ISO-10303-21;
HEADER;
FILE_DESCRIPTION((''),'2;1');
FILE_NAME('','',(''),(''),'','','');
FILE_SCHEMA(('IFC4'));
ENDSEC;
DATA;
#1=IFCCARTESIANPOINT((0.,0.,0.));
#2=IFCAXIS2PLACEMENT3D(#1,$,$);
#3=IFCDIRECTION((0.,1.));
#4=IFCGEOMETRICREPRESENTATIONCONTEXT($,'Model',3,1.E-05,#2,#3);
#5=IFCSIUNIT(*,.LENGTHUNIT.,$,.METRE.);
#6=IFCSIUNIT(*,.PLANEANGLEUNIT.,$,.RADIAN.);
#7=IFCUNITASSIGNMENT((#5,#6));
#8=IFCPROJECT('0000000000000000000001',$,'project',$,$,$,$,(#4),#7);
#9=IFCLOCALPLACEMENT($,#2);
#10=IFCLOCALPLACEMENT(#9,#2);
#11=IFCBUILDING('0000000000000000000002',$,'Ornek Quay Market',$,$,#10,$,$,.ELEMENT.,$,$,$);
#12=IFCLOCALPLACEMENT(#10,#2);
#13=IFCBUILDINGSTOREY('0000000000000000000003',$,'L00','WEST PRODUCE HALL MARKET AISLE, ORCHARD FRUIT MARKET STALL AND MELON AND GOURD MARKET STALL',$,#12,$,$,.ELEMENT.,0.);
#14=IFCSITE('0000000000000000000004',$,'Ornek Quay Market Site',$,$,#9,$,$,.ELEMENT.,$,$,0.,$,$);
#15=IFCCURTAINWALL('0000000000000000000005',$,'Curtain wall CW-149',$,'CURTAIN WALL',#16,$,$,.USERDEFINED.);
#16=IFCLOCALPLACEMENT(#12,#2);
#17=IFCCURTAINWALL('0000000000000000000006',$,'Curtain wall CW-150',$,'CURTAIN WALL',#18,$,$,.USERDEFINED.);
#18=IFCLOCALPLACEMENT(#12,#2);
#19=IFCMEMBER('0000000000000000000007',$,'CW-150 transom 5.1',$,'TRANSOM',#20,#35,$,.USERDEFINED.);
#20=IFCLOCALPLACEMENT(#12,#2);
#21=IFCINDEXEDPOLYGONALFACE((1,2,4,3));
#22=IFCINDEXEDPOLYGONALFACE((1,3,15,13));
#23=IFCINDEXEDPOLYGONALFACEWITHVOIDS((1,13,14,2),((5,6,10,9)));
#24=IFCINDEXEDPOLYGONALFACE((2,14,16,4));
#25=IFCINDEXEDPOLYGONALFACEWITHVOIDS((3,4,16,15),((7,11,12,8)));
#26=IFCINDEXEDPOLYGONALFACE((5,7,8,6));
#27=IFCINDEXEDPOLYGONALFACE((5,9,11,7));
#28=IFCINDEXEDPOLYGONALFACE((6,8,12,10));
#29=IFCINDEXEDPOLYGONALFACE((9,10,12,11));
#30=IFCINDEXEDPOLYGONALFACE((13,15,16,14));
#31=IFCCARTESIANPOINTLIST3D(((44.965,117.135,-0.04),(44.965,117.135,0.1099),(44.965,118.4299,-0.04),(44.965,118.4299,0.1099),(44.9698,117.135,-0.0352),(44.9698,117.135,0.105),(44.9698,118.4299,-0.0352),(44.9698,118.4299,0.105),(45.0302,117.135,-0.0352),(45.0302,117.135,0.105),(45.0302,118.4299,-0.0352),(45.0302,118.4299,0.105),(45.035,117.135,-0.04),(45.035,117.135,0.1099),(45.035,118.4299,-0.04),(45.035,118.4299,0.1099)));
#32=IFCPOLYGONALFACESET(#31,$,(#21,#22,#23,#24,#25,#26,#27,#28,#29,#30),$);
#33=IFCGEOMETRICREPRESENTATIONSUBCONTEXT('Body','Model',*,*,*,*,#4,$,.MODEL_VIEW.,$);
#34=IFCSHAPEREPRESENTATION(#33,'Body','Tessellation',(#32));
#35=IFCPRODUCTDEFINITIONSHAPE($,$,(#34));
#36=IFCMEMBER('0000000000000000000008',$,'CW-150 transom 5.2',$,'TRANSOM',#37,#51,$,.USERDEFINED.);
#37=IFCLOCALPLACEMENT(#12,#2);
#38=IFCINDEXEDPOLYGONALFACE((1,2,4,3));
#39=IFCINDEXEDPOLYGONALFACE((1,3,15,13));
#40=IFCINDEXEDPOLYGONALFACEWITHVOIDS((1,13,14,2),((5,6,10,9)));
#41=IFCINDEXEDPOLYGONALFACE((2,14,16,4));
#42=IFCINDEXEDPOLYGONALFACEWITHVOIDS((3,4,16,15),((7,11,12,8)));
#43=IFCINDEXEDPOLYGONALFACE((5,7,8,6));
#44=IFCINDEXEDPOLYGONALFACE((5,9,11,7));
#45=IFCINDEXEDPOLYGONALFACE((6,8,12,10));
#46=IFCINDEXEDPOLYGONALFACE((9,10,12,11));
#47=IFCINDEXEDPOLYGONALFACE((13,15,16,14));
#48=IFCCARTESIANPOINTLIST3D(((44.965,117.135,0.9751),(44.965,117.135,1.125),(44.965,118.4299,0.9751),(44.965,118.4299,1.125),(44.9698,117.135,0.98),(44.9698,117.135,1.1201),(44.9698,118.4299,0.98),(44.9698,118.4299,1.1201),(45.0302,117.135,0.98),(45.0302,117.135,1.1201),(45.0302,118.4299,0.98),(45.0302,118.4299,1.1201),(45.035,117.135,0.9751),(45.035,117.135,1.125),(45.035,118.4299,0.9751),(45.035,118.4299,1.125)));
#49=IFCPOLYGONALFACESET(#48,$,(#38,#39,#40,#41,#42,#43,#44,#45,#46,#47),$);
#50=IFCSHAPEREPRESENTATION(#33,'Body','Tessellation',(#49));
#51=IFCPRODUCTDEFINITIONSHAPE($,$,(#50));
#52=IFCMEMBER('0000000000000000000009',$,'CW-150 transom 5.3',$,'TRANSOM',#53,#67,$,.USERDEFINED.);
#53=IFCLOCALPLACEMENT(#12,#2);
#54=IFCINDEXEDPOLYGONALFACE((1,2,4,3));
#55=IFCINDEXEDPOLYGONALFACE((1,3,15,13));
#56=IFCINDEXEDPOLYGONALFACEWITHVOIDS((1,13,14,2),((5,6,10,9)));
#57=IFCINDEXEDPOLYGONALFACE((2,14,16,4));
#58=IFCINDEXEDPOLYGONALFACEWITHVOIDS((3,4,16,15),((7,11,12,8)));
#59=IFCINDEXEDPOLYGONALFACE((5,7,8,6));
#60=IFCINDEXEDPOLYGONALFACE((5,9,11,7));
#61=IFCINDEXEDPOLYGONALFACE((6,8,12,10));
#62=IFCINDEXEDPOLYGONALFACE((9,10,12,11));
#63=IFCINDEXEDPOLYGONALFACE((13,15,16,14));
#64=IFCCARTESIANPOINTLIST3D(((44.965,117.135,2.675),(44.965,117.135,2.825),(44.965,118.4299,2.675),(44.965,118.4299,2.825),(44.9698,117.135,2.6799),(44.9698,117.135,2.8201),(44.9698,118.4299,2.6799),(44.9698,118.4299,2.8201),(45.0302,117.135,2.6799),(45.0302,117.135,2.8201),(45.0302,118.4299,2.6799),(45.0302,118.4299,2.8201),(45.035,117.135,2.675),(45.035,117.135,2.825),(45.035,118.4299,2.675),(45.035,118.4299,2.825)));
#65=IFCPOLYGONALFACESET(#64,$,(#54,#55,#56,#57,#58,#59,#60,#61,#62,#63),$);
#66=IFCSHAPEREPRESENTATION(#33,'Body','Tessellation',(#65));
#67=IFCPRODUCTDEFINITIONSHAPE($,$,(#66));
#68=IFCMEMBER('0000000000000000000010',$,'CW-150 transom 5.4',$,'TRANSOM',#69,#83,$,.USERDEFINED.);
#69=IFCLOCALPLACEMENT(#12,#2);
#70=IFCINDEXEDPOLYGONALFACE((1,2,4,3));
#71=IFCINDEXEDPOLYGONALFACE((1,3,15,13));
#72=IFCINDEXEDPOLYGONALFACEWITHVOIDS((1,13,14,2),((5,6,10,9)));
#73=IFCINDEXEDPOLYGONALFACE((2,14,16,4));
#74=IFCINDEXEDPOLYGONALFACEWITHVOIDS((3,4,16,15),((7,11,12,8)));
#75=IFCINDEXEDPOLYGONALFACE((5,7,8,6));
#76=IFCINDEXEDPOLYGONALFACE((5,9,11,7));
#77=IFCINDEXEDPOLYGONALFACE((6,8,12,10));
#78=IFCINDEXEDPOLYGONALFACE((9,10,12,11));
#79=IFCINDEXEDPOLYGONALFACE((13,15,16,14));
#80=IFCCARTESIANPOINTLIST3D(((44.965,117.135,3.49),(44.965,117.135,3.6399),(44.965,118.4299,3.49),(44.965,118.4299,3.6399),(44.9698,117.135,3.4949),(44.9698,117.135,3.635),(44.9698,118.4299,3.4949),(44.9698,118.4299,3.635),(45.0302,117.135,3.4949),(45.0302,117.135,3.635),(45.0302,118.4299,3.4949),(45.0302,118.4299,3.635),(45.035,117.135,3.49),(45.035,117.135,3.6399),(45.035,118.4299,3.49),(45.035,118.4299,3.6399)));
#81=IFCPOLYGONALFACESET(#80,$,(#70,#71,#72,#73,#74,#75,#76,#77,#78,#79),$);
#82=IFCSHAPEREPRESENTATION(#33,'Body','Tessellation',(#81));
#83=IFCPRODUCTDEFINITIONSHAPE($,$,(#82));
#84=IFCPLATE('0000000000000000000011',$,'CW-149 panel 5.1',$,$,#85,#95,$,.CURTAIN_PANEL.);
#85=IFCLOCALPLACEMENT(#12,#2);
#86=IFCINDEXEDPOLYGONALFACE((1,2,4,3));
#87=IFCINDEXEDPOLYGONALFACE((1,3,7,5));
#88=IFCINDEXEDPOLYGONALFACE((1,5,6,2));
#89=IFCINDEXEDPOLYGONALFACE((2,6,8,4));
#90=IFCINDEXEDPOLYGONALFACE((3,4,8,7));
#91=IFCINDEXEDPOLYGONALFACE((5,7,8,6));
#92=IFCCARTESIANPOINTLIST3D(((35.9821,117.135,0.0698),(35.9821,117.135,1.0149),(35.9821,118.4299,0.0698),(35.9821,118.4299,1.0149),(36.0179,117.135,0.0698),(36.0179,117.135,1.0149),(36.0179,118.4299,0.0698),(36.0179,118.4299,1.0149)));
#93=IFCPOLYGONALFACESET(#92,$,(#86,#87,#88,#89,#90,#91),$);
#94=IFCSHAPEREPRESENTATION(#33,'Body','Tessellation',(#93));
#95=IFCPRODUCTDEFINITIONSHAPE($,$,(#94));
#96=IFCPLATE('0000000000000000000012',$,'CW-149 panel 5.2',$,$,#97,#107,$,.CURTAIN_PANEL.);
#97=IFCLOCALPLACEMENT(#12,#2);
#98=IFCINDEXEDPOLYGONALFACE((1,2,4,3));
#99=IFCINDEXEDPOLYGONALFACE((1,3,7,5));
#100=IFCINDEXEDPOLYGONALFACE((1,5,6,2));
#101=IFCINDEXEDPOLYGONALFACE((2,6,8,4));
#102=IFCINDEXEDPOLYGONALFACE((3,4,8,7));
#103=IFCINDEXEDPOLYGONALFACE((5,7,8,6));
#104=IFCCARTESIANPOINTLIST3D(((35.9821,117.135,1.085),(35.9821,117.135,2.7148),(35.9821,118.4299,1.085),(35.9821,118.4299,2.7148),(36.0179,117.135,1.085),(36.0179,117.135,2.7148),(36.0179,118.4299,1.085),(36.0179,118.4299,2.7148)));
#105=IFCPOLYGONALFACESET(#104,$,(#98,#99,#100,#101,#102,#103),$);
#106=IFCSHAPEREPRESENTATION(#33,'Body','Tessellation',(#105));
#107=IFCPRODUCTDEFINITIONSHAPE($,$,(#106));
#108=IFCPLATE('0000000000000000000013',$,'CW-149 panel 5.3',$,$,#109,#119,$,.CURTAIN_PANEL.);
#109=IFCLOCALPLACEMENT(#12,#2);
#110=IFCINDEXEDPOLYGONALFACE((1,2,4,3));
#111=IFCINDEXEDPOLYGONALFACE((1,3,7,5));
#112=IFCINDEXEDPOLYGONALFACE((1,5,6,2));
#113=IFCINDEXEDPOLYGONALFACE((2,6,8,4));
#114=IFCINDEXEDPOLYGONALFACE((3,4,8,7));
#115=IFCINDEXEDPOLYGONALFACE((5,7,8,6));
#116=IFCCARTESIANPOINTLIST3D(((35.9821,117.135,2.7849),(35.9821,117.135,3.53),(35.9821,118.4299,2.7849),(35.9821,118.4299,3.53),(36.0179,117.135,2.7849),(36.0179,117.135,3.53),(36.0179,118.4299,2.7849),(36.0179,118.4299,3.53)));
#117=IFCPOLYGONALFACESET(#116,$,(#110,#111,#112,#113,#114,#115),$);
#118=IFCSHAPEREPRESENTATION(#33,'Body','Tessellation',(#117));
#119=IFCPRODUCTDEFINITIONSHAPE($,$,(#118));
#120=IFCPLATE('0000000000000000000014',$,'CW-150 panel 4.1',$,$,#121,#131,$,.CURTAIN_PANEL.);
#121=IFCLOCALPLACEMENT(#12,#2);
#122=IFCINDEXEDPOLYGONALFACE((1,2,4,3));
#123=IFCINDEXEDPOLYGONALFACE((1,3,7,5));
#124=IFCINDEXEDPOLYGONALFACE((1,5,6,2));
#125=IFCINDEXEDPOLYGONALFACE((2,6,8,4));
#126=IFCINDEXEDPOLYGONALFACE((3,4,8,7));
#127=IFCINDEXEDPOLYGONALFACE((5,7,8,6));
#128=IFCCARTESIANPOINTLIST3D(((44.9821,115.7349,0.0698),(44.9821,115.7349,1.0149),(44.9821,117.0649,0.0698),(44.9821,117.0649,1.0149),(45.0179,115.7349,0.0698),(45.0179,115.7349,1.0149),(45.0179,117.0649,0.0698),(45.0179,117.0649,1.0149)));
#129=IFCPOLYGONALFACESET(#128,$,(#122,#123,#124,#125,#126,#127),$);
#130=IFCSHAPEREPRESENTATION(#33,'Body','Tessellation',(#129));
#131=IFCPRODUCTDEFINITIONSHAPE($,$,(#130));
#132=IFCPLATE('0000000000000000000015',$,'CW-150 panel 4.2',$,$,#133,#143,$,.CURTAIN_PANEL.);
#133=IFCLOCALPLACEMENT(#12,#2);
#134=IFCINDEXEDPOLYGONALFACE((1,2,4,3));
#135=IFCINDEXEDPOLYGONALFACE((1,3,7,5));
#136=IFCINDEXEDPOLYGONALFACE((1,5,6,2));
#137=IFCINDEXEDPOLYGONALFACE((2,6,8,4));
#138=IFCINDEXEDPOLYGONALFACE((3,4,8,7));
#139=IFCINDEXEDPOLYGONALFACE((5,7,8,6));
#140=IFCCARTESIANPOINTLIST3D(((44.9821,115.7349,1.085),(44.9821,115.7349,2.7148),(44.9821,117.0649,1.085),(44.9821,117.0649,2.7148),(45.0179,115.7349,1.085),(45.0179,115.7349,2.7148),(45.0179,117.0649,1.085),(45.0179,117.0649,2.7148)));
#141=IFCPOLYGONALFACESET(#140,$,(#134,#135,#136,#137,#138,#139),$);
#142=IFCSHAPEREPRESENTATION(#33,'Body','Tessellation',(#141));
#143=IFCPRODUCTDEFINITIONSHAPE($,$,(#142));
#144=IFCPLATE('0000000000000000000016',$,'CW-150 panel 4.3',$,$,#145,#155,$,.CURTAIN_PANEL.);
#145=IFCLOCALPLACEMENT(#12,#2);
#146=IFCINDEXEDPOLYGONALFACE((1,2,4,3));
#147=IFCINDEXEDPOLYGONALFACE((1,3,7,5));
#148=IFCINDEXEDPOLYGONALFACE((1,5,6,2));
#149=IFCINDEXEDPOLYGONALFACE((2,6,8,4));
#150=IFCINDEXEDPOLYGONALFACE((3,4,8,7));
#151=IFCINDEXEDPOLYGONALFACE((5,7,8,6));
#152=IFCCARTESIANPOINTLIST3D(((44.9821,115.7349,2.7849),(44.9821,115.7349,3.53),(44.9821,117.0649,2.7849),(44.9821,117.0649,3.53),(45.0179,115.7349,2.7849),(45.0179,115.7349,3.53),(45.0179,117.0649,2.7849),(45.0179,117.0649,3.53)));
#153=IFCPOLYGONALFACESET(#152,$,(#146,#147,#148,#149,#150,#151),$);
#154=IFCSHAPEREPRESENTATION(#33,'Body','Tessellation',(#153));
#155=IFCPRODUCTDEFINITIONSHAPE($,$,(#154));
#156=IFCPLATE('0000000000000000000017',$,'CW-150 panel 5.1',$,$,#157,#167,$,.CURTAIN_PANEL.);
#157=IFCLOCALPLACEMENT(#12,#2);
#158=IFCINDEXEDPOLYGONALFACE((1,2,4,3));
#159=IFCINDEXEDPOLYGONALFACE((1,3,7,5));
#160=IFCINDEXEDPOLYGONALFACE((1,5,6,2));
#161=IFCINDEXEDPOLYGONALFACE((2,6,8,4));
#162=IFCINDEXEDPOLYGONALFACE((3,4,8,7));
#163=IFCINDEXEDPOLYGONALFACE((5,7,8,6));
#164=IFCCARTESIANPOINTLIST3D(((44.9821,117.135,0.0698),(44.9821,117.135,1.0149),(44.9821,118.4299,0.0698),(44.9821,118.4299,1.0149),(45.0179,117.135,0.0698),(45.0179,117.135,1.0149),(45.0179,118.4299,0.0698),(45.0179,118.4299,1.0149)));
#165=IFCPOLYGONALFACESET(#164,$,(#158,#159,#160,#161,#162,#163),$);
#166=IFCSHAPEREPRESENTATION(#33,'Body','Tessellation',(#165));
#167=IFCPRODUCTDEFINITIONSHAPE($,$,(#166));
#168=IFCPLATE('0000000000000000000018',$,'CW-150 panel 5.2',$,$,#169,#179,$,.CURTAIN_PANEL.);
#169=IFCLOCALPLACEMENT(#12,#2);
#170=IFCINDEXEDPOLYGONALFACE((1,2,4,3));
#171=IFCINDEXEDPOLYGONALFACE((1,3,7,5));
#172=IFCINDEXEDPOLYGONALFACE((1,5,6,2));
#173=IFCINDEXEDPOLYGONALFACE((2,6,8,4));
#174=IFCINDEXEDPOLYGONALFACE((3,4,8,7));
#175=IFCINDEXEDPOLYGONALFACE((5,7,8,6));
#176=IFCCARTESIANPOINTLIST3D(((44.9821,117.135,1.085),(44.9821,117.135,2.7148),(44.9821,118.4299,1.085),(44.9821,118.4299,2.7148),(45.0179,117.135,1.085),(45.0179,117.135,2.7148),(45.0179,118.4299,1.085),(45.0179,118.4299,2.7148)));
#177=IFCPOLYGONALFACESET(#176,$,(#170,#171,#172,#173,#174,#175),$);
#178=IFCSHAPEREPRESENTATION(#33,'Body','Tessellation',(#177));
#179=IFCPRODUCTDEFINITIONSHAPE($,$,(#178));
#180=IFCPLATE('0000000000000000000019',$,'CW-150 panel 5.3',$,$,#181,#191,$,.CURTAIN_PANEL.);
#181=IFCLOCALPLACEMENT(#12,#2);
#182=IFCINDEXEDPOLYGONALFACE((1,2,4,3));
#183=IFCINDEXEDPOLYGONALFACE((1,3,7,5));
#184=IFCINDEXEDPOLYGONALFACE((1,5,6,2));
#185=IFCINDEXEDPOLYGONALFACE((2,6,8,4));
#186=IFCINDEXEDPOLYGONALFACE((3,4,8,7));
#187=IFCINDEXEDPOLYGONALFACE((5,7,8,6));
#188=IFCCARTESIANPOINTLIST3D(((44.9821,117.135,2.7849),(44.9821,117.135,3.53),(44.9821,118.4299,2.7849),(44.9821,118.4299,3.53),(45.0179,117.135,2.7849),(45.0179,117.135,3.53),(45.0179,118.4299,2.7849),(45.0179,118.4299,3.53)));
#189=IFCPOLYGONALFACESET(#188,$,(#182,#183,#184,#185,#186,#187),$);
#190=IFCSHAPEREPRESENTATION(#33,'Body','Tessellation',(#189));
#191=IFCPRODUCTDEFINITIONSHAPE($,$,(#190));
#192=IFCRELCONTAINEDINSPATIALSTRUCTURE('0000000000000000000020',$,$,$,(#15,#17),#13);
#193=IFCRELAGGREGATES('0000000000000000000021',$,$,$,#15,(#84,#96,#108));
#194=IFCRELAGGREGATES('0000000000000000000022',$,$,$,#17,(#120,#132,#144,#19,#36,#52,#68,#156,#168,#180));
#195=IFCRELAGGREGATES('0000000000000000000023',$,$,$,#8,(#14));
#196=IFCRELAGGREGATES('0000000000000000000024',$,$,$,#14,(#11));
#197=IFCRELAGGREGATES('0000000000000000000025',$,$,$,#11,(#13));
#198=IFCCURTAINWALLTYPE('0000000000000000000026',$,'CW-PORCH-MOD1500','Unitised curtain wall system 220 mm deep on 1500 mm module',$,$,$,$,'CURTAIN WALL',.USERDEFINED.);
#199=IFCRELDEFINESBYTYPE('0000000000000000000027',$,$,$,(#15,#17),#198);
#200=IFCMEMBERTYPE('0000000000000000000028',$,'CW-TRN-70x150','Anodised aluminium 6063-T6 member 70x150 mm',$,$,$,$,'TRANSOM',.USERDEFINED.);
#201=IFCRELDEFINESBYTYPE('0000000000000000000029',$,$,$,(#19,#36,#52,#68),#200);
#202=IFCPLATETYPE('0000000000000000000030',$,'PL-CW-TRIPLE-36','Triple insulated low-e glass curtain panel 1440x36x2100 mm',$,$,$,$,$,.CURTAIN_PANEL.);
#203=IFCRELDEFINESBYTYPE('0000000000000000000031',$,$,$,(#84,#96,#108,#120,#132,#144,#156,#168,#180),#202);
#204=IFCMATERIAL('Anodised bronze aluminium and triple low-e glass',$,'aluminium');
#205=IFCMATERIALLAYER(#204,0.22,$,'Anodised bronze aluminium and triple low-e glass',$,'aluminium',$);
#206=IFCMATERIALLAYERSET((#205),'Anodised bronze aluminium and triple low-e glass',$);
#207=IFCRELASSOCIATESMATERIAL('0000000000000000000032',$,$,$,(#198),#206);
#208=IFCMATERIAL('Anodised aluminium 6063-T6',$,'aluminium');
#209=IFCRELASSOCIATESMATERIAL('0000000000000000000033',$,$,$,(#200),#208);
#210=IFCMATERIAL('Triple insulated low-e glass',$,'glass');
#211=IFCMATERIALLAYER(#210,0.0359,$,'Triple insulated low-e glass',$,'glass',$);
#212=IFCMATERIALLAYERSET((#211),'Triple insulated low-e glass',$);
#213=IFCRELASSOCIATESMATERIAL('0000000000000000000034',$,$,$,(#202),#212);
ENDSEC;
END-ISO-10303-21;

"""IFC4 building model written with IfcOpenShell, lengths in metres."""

from ifc_helpers import new_model, si_unit, direction, frame, origin, origin_2d, place, context, subcontext, project, spatial, rectangle, hollow_rectangle, extrude, material, layer, layer_set, material_profile, profile_set, type_object, element, aggregate, save


model = new_model("IFC4")

# Units and contexts
model_context = context("Model", 3, precision=1e-05, world=origin(), true_north=direction((0.0, 1.0)))
body_context = subcontext(model_context, "Body", "Model", "MODEL_VIEW")
ifc_project = project(units=[si_unit("LENGTHUNIT", "METRE"), si_unit("PLANEANGLEUNIT", "RADIAN")], contexts=[model_context])

# Site, building, storey
site_placement = place(None, origin())
site = spatial("IfcSite", under=ifc_project, at=site_placement, Name="Ornek Quay Market Site", CompositionType="ELEMENT", RefElevation=0.0)
building_placement = place(site_placement, origin())
building = spatial("IfcBuilding", under=site, at=building_placement, Name="Ornek Quay Market", CompositionType="ELEMENT")
storey_placement = place(building_placement, origin())
storey = spatial("IfcBuildingStorey", under=building, at=storey_placement, Name="L00", Description="WEST PRODUCE HALL MARKET AISLE, ORCHARD FRUIT MARKET STALL AND MELON AND GOURD MARKET STALL", CompositionType="ELEMENT", Elevation=0.0)

# Curtain walls
ifc_material_1 = material(Name="Anodised bronze aluminium and triple low-e glass", Category="aluminium")
ifc_layer_1 = layer(ifc_material_1, 0.22, Name="Anodised bronze aluminium and triple low-e glass", Category="aluminium")
ifc_layer_set_1 = layer_set([ifc_layer_1], Name="Anodised bronze aluminium and triple low-e glass")
curtain_wall_type = type_object("IfcCurtainWallType", Name="CW-PORCH-MOD1500", Description="Unitised curtain wall system 220 mm deep on 1500 mm module", ElementType="CURTAIN WALL", PredefinedType="USERDEFINED", material=ifc_layer_set_1)
curtain_wall_1_placement = place(storey_placement, origin())
curtain_wall_1 = element("IfcCurtainWall", 1, at=curtain_wall_1_placement, inside=storey, type_object=curtain_wall_type, Name="Curtain wall CW-149", ObjectType="CURTAIN WALL", PredefinedType="USERDEFINED")
ifc_material_2 = material(Name="Anodised aluminium 6063-T6", Category="aluminium")
curtain_wall_2_placement = place(storey_placement, origin())
curtain_wall_2 = element("IfcCurtainWall", 2, at=curtain_wall_2_placement, inside=storey, type_object=curtain_wall_type, Name="Curtain wall CW-150", ObjectType="CURTAIN WALL", PredefinedType="USERDEFINED")

# Members
ifc_material_profile_1 = material_profile(ifc_material_2, hollow_rectangle(XDim=0.0701, YDim=0.1499, WallThickness=0.0049, at=origin_2d()), Name="CW-TRN-70x150", Category="aluminium")
ifc_profile_set_1 = profile_set([ifc_material_profile_1], Name="Anodised aluminium 6063-T6")
member_type_1 = type_object("IfcMemberType", Name="CW-TRN-70x150", Description="Anodised aluminium 6063-T6 member 70x150 mm", ElementType="TRANSOM", PredefinedType="USERDEFINED", material=ifc_profile_set_1)
member_1_placement = place(storey_placement, frame((45.0, 117.135, 0.0349), z_axis=(0.0, 1.0, 0.0), x_axis=(-1.0, 0.0, 0.0)))
member_1 = element("IfcMember", 3, at=member_1_placement, type_object=member_type_1, Name="CW-150 transom 5.1", ObjectType="TRANSOM", PredefinedType="USERDEFINED", context=body_context, shape_type="SweptSolid", body=[
    extrude(hollow_rectangle(XDim=0.0701, YDim=0.1499, WallThickness=0.0049, at=origin_2d()), origin(), (0.0, 0.0, 1.0), 1.2949),
])
member_2_placement = place(storey_placement, frame((45.0, 117.135, 1.05), z_axis=(0.0, 1.0, 0.0), x_axis=(-1.0, 0.0, 0.0)))
member_2 = element("IfcMember", 4, at=member_2_placement, type_object=member_type_1, Name="CW-150 transom 5.2", ObjectType="TRANSOM", PredefinedType="USERDEFINED", context=body_context, shape_type="SweptSolid", body=[
    extrude(hollow_rectangle(XDim=0.0701, YDim=0.1499, WallThickness=0.0049, at=origin_2d()), origin(), (0.0, 0.0, 1.0), 1.2949),
])
member_3_placement = place(storey_placement, frame((45.0, 117.135, 2.75), z_axis=(0.0, 1.0, 0.0), x_axis=(-1.0, 0.0, 0.0)))
member_3 = element("IfcMember", 5, at=member_3_placement, type_object=member_type_1, Name="CW-150 transom 5.3", ObjectType="TRANSOM", PredefinedType="USERDEFINED", context=body_context, shape_type="SweptSolid", body=[
    extrude(hollow_rectangle(XDim=0.0701, YDim=0.1499, WallThickness=0.0049, at=origin_2d()), origin(), (0.0, 0.0, 1.0), 1.2949),
])
member_4_placement = place(storey_placement, frame((45.0, 117.135, 3.5649), z_axis=(0.0, 1.0, 0.0), x_axis=(-1.0, 0.0, 0.0)))
member_4 = element("IfcMember", 6, at=member_4_placement, type_object=member_type_1, Name="CW-150 transom 5.4", ObjectType="TRANSOM", PredefinedType="USERDEFINED", context=body_context, shape_type="SweptSolid", body=[
    extrude(hollow_rectangle(XDim=0.0701, YDim=0.1499, WallThickness=0.0049, at=origin_2d()), origin(), (0.0, 0.0, 1.0), 1.2949),
])

# Plates
ifc_material_3 = material(Name="Triple insulated low-e glass", Category="glass")
ifc_layer_2 = layer(ifc_material_3, 0.0359, Name="Triple insulated low-e glass", Category="glass")
ifc_layer_set_2 = layer_set([ifc_layer_2], Name="Triple insulated low-e glass")
plate_type_1 = type_object("IfcPlateType", Name="PL-CW-TRIPLE-36", Description="Triple insulated low-e glass curtain panel 1440x36x2100 mm", PredefinedType="CURTAIN_PANEL", material=ifc_layer_set_2)
plate_1_placement = place(storey_placement, frame((36.0, 117.7825, 0.0698), z_axis=(0.0, 0.0, 1.0), x_axis=(0.0, 1.0, 0.0)))
plate_1 = element("IfcPlate", 7, at=plate_1_placement, type_object=plate_type_1, Name="CW-149 panel 5.1", PredefinedType="CURTAIN_PANEL", context=body_context, shape_type="SweptSolid", body=[
    extrude(rectangle(XDim=1.2949, YDim=0.0359, at=origin_2d()), origin(), (0.0, 0.0, 1.0), 0.9451),
])
plate_2_placement = place(storey_placement, frame((36.0, 117.7825, 1.085), z_axis=(0.0, 0.0, 1.0), x_axis=(0.0, 1.0, 0.0)))
plate_2 = element("IfcPlate", 8, at=plate_2_placement, type_object=plate_type_1, Name="CW-149 panel 5.2", PredefinedType="CURTAIN_PANEL", context=body_context, shape_type="SweptSolid", body=[
    extrude(rectangle(XDim=1.2949, YDim=0.0359, at=origin_2d()), origin(), (0.0, 0.0, 1.0), 1.6299),
])
plate_3_placement = place(storey_placement, frame((36.0, 117.7825, 2.7849), z_axis=(0.0, 0.0, 1.0), x_axis=(0.0, 1.0, 0.0)))
plate_3 = element("IfcPlate", 9, at=plate_3_placement, type_object=plate_type_1, Name="CW-149 panel 5.3", PredefinedType="CURTAIN_PANEL", context=body_context, shape_type="SweptSolid", body=[
    extrude(rectangle(XDim=1.2949, YDim=0.0359, at=origin_2d()), origin(), (0.0, 0.0, 1.0), 0.7451),
])
aggregate(curtain_wall_1, [plate_1, plate_2, plate_3])
plate_4_placement = place(storey_placement, frame((45.0, 116.3999, 0.0698), z_axis=(0.0, 0.0, 1.0), x_axis=(0.0, 1.0, 0.0)))
plate_4 = element("IfcPlate", 10, at=plate_4_placement, type_object=plate_type_1, Name="CW-150 panel 4.1", PredefinedType="CURTAIN_PANEL", context=body_context, shape_type="SweptSolid", body=[
    extrude(rectangle(XDim=1.3301, YDim=0.0359, at=origin_2d()), origin(), (0.0, 0.0, 1.0), 0.9451),
])
plate_5_placement = place(storey_placement, frame((45.0, 116.3999, 1.085), z_axis=(0.0, 0.0, 1.0), x_axis=(0.0, 1.0, 0.0)))
plate_5 = element("IfcPlate", 11, at=plate_5_placement, type_object=plate_type_1, Name="CW-150 panel 4.2", PredefinedType="CURTAIN_PANEL", context=body_context, shape_type="SweptSolid", body=[
    extrude(rectangle(XDim=1.3301, YDim=0.0359, at=origin_2d()), origin(), (0.0, 0.0, 1.0), 1.6299),
])
plate_6_placement = place(storey_placement, frame((45.0, 116.3999, 2.7849), z_axis=(0.0, 0.0, 1.0), x_axis=(0.0, 1.0, 0.0)))
plate_6 = element("IfcPlate", 12, at=plate_6_placement, type_object=plate_type_1, Name="CW-150 panel 4.3", PredefinedType="CURTAIN_PANEL", context=body_context, shape_type="SweptSolid", body=[
    extrude(rectangle(XDim=1.3301, YDim=0.0359, at=origin_2d()), origin(), (0.0, 0.0, 1.0), 0.7451),
])
plate_7_placement = place(storey_placement, frame((45.0, 117.7825, 0.0698), z_axis=(0.0, 0.0, 1.0), x_axis=(0.0, 1.0, 0.0)))
plate_7 = element("IfcPlate", 13, at=plate_7_placement, type_object=plate_type_1, Name="CW-150 panel 5.1", PredefinedType="CURTAIN_PANEL", context=body_context, shape_type="SweptSolid", body=[
    extrude(rectangle(XDim=1.2949, YDim=0.0359, at=origin_2d()), origin(), (0.0, 0.0, 1.0), 0.9451),
])
plate_8_placement = place(storey_placement, frame((45.0, 117.7825, 1.085), z_axis=(0.0, 0.0, 1.0), x_axis=(0.0, 1.0, 0.0)))
plate_8 = element("IfcPlate", 14, at=plate_8_placement, type_object=plate_type_1, Name="CW-150 panel 5.2", PredefinedType="CURTAIN_PANEL", context=body_context, shape_type="SweptSolid", body=[
    extrude(rectangle(XDim=1.2949, YDim=0.0359, at=origin_2d()), origin(), (0.0, 0.0, 1.0), 1.6299),
])
plate_9_placement = place(storey_placement, frame((45.0, 117.7825, 2.7849), z_axis=(0.0, 0.0, 1.0), x_axis=(0.0, 1.0, 0.0)))
plate_9 = element("IfcPlate", 15, at=plate_9_placement, type_object=plate_type_1, Name="CW-150 panel 5.3", PredefinedType="CURTAIN_PANEL", context=body_context, shape_type="SweptSolid", body=[
    extrude(rectangle(XDim=1.2949, YDim=0.0359, at=origin_2d()), origin(), (0.0, 0.0, 1.0), 0.7451),
])
aggregate(curtain_wall_2, [plate_4, plate_5, plate_6, member_1, member_2, member_3, member_4, plate_7, plate_8, plate_9])

save(model, "model.ifc")
